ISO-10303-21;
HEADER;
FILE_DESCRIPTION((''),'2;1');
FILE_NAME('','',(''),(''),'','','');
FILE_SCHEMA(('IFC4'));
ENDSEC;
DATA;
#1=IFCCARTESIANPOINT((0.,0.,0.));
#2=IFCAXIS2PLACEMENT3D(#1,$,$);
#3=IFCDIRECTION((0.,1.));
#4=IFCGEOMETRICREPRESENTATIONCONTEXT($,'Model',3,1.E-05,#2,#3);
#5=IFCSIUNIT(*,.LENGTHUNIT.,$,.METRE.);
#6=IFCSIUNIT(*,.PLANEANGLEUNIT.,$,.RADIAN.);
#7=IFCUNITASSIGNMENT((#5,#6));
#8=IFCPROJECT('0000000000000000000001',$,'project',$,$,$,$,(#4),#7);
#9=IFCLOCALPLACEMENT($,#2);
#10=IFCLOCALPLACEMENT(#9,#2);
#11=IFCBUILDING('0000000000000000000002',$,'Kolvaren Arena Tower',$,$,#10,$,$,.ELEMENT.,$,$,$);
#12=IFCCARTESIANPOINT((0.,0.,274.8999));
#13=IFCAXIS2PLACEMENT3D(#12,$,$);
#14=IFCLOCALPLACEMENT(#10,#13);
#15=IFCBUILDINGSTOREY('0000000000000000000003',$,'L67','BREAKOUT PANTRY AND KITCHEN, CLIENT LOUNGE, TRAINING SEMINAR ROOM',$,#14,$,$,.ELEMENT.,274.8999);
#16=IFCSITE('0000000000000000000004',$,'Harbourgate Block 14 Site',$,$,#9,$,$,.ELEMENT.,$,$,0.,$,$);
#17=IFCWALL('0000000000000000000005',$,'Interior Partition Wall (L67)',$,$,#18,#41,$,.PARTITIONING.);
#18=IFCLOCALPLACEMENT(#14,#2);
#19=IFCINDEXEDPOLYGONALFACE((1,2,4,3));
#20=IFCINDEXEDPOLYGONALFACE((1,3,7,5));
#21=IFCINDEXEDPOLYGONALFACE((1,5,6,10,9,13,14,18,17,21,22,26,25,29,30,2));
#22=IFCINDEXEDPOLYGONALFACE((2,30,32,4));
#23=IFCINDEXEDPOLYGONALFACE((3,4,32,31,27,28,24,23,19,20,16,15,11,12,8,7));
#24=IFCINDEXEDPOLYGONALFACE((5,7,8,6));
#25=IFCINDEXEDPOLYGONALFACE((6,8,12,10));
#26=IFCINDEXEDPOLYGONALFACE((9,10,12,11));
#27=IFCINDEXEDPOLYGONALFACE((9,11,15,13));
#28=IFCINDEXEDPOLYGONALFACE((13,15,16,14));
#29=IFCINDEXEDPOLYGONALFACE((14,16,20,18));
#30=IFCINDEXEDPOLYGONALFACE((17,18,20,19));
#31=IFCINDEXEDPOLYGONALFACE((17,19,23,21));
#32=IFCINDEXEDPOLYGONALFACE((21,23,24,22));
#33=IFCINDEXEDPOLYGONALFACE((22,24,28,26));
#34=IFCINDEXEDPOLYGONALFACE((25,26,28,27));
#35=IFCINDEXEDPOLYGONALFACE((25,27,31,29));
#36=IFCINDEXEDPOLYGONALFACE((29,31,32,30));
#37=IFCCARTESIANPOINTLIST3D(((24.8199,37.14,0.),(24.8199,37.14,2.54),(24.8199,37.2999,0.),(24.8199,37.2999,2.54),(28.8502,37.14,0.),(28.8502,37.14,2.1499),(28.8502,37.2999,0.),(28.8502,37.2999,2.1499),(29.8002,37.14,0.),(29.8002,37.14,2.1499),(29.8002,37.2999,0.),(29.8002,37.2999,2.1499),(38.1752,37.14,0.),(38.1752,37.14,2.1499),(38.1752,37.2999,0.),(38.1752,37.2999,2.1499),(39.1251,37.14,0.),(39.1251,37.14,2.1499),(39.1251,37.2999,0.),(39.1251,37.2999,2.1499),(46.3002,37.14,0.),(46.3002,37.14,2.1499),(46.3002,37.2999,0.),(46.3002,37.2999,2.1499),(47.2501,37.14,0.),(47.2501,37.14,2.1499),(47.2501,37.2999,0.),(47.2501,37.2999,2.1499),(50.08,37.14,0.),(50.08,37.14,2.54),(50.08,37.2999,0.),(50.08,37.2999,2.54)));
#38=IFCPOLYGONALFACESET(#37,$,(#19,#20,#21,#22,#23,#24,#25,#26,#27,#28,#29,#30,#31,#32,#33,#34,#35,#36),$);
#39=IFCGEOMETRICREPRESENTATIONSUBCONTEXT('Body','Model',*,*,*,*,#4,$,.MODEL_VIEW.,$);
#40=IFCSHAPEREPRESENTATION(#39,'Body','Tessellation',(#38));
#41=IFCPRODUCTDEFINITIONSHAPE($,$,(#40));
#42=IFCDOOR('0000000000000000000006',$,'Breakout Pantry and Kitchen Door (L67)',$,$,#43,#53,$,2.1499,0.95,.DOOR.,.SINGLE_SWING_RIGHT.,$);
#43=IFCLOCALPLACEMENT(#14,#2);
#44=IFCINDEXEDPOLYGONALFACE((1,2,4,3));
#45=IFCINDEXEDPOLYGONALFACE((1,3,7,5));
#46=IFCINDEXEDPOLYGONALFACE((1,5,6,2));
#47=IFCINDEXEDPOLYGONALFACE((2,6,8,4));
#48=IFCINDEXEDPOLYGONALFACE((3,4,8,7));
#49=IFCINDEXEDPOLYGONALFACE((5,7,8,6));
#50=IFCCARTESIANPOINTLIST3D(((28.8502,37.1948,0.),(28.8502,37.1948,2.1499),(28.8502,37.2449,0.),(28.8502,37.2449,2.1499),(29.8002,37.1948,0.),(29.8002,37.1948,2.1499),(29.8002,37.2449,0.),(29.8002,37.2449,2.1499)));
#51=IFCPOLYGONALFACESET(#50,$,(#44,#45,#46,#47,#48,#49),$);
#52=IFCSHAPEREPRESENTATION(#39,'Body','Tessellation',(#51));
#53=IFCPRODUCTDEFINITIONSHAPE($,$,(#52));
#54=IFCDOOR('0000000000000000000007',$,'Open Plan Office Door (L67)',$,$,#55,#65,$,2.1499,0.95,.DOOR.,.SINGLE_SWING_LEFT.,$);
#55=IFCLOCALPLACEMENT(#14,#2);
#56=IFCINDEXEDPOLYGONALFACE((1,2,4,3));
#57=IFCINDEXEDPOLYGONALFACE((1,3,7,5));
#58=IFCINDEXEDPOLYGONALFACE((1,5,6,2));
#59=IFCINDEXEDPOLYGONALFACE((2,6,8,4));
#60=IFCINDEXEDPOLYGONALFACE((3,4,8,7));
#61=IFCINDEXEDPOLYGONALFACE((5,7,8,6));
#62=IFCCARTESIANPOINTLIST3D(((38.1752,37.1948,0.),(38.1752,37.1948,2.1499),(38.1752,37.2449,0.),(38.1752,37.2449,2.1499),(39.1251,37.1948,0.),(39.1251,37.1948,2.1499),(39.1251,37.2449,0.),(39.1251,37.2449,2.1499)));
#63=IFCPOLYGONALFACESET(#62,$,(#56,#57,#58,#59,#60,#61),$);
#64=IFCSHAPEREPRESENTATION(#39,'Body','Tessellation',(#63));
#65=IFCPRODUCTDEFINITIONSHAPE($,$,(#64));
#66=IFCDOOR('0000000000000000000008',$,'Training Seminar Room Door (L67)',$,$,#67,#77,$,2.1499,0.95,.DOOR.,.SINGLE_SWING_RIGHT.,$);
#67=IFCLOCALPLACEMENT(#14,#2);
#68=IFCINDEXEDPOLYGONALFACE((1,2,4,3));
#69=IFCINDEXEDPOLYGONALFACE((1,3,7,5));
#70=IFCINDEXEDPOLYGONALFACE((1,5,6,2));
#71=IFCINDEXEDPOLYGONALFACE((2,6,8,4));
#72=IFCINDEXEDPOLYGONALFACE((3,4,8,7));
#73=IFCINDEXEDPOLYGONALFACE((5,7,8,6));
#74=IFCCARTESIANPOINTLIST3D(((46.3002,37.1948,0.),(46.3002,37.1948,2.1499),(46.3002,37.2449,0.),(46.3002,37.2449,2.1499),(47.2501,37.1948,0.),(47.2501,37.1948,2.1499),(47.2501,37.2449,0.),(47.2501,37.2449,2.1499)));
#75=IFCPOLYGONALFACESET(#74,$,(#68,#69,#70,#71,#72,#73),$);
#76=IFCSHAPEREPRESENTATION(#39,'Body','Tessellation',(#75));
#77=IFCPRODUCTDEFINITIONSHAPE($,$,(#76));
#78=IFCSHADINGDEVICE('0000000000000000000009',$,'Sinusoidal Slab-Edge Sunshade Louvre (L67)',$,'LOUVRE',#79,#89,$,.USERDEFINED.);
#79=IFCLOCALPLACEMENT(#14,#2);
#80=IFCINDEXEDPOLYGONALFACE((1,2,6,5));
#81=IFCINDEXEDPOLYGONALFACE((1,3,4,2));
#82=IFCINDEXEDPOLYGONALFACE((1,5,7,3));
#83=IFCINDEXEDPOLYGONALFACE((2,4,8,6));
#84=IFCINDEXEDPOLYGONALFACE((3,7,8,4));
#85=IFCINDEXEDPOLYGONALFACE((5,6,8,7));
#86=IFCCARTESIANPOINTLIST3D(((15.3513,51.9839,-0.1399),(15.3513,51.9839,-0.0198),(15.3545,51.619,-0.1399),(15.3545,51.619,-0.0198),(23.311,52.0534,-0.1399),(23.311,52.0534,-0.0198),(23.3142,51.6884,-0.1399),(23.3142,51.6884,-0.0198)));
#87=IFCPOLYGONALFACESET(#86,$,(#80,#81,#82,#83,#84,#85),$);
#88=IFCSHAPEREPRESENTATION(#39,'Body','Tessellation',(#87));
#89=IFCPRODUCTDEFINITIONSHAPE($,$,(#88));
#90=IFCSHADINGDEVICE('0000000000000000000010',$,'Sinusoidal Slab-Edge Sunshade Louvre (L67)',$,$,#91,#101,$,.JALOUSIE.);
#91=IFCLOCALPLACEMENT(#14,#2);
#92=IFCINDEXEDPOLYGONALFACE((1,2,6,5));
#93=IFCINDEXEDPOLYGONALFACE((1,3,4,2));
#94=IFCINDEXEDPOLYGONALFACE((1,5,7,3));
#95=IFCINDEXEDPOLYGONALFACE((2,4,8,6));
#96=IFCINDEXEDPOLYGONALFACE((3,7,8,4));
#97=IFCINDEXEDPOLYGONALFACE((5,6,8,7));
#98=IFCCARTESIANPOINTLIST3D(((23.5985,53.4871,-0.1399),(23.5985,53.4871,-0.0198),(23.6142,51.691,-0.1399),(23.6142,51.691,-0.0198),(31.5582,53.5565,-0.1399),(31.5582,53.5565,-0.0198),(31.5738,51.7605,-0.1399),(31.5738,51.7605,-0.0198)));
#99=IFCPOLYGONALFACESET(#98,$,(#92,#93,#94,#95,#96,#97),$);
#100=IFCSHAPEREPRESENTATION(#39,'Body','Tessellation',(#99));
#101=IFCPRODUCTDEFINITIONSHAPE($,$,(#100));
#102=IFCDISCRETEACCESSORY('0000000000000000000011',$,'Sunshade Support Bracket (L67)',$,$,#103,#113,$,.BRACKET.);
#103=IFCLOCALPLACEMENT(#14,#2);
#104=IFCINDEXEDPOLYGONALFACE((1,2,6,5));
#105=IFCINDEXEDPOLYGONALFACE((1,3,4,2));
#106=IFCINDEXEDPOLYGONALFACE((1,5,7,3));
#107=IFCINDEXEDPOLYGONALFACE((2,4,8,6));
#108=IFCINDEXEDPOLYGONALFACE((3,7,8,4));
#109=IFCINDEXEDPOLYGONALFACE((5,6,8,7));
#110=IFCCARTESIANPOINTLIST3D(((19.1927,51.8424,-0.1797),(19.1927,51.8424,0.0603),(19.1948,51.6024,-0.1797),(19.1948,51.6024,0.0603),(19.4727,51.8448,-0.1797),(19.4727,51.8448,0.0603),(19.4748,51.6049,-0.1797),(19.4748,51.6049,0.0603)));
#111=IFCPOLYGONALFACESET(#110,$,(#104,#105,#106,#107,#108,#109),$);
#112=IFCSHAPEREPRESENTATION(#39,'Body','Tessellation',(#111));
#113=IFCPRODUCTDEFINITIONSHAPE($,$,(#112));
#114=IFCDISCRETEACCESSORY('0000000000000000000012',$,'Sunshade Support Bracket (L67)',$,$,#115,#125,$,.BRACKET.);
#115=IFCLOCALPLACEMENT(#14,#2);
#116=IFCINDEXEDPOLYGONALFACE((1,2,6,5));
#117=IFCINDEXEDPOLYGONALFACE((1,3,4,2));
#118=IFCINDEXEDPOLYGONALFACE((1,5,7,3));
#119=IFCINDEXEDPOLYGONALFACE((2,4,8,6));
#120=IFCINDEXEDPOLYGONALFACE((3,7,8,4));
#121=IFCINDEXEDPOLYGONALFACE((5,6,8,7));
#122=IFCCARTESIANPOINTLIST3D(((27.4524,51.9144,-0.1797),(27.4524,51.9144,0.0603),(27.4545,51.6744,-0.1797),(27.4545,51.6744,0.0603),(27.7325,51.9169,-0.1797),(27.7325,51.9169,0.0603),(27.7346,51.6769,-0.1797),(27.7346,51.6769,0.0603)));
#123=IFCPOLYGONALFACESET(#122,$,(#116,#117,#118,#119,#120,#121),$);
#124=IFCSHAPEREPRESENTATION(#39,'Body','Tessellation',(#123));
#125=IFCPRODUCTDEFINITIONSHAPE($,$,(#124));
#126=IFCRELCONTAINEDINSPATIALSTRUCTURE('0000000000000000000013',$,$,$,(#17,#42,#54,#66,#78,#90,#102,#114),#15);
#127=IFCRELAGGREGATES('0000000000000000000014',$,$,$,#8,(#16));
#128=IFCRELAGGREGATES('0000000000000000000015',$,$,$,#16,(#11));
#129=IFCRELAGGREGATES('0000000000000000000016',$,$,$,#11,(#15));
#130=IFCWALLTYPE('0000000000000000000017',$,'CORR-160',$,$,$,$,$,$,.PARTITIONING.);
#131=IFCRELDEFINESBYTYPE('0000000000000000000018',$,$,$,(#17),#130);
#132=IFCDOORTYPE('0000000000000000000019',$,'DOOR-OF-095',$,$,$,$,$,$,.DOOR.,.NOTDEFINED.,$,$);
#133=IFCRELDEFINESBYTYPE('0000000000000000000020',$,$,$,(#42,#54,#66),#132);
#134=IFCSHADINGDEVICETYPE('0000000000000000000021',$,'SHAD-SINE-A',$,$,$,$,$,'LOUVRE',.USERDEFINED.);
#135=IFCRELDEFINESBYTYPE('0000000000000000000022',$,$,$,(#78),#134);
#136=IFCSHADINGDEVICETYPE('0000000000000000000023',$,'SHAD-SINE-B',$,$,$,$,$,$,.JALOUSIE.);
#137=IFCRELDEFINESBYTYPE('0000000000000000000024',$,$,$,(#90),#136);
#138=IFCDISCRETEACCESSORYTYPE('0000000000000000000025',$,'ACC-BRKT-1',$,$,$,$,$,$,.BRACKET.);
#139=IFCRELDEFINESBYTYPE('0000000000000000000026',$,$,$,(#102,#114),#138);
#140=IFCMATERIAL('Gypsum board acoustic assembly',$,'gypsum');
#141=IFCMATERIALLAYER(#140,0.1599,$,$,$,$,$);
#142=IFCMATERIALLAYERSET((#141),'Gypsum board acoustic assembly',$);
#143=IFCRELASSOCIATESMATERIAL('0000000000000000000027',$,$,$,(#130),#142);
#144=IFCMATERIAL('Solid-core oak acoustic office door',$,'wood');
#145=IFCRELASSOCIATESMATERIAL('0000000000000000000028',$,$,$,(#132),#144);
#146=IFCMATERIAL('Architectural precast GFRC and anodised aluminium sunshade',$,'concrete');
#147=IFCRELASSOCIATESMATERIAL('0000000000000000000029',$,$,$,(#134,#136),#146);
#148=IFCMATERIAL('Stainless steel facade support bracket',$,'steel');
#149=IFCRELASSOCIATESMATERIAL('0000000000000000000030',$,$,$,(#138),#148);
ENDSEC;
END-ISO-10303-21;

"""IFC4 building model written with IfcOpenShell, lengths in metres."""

from ifc_helpers import new_model, si_unit, direction, frame, frame_2d, origin, origin_2d, place, context, subcontext, project, spatial, rectangle, extrude, material, layer, layer_set, type_object, element, fill, save


model = new_model("IFC4")

# Units and contexts
model_context = context("Model", 3, precision=1e-05, world=origin(), true_north=direction((0.0, 1.0)))
body_context = subcontext(model_context, "Body", "Model", "MODEL_VIEW")
ifc_project = project(units=[si_unit("LENGTHUNIT", "METRE"), si_unit("PLANEANGLEUNIT", "RADIAN")], contexts=[model_context])

# Site, building, storey
site_placement = place(None, origin())
site = spatial("IfcSite", under=ifc_project, at=site_placement, Name="Harbourgate Block 14 Site", CompositionType="ELEMENT", RefElevation=0.0)
building_placement = place(site_placement, origin())
building = spatial("IfcBuilding", under=site, at=building_placement, Name="Kolvaren Arena Tower", CompositionType="ELEMENT")
storey_placement = place(building_placement, frame((0.0, 0.0, 274.8999)))
storey = spatial("IfcBuildingStorey", under=building, at=storey_placement, Name="L67", Description="BREAKOUT PANTRY AND KITCHEN, CLIENT LOUNGE, TRAINING SEMINAR ROOM", CompositionType="ELEMENT", Elevation=274.8999)

# Shared definitions
ifc_material_1 = material(Name="Gypsum board acoustic assembly", Category="gypsum")
ifc_layer = layer(ifc_material_1, 0.1599)
ifc_layer_set = layer_set([ifc_layer], Name="Gypsum board acoustic assembly")
wall_type = type_object("IfcWallType", Name="CORR-160", PredefinedType="PARTITIONING", material=ifc_layer_set)

# Wall, openings, doors
wall_1_placement = place(storey_placement, frame((24.8201, 37.22, 0.0), z_axis=(0.0, 0.0, 1.0), x_axis=(1.0, 0.0, 0.0)))
wall_1 = element("IfcWall", 1, at=wall_1_placement, inside=storey, type_object=wall_type, Name="Interior Partition Wall (L67)", PredefinedType="PARTITIONING", context=body_context, shape_type="SweptSolid", body=[
    extrude(rectangle(XDim=25.26, YDim=0.1599, at=frame_2d((12.6299, 0.0))), origin(), (0.0, 0.0, 1.0), 2.54),
])
opening_1_placement = place(wall_1_placement, frame((4.03, 0.0, 0.0)))
opening_1 = element("IfcOpeningElement", 2, at=opening_1_placement, cuts=wall_1, PredefinedType="OPENING", context=body_context, shape_type="SweptSolid", body=[
    extrude(rectangle(XDim=0.95, YDim=2.1499, at=frame_2d((0.4751, 1.075))), frame((0.0, 0.0898, 0.0), z_axis=(0.0, -1.0, 0.0), x_axis=(1.0, 0.0, 0.0)), (0.0, 0.0, 1.0), 0.1799),
])
opening_2_placement = place(wall_1_placement, frame((13.355, 0.0, 0.0)))
opening_2 = element("IfcOpeningElement", 3, at=opening_2_placement, cuts=wall_1, PredefinedType="OPENING", context=body_context, shape_type="SweptSolid", body=[
    extrude(rectangle(XDim=0.95, YDim=2.1499, at=frame_2d((0.4751, 1.075))), frame((0.0, 0.0898, 0.0), z_axis=(0.0, -1.0, 0.0), x_axis=(1.0, 0.0, 0.0)), (0.0, 0.0, 1.0), 0.1799),
])
opening_3_placement = place(wall_1_placement, frame((21.48, 0.0, 0.0)))
opening_3 = element("IfcOpeningElement", 4, at=opening_3_placement, cuts=wall_1, PredefinedType="OPENING", context=body_context, shape_type="SweptSolid", body=[
    extrude(rectangle(XDim=0.95, YDim=2.1499, at=frame_2d((0.4751, 1.075))), frame((0.0, 0.0898, 0.0), z_axis=(0.0, -1.0, 0.0), x_axis=(1.0, 0.0, 0.0)), (0.0, 0.0, 1.0), 0.1799),
])
ifc_material_2 = material(Name="Solid-core oak acoustic office door", Category="wood")
door_type = type_object("IfcDoorType", Name="DOOR-OF-095", OperationType="NOTDEFINED", PredefinedType="DOOR", material=ifc_material_2)
door_1_placement = place(opening_1_placement, origin())
door_1 = element("IfcDoor", 5, at=door_1_placement, inside=storey, type_object=door_type, Name="Breakout Pantry and Kitchen Door (L67)", OperationType="SINGLE_SWING_RIGHT", OverallHeight=2.1499, OverallWidth=0.95, PredefinedType="DOOR", context=body_context, shape_type="SweptSolid", body=[
    extrude(rectangle(XDim=0.95, YDim=2.1499, at=frame_2d((0.4751, 1.075))), frame((0.0, 0.0249, 0.0), z_axis=(0.0, -1.0, 0.0), x_axis=(1.0, 0.0, 0.0)), (0.0, 0.0, 1.0), 0.05),
])
fill(opening_1, door_1)
door_2_placement = place(opening_2_placement, origin())
door_2 = element("IfcDoor", 6, at=door_2_placement, inside=storey, type_object=door_type, Name="Open Plan Office Door (L67)", OperationType="SINGLE_SWING_LEFT", OverallHeight=2.1499, OverallWidth=0.95, PredefinedType="DOOR", context=body_context, shape_type="SweptSolid", body=[
    extrude(rectangle(XDim=0.95, YDim=2.1499, at=frame_2d((0.4751, 1.075))), frame((0.0, 0.0249, 0.0), z_axis=(0.0, -1.0, 0.0), x_axis=(1.0, 0.0, 0.0)), (0.0, 0.0, 1.0), 0.05),
])
fill(opening_2, door_2)
door_3_placement = place(opening_3_placement, origin())
door_3 = element("IfcDoor", 7, at=door_3_placement, inside=storey, type_object=door_type, Name="Training Seminar Room Door (L67)", OperationType="SINGLE_SWING_RIGHT", OverallHeight=2.1499, OverallWidth=0.95, PredefinedType="DOOR", context=body_context, shape_type="SweptSolid", body=[
    extrude(rectangle(XDim=0.95, YDim=2.1499, at=frame_2d((0.4751, 1.075))), frame((0.0, 0.0249, 0.0), z_axis=(0.0, -1.0, 0.0), x_axis=(1.0, 0.0, 0.0)), (0.0, 0.0, 1.0), 0.05),
])
fill(opening_3, door_3)

# Shading devices
ifc_material_3 = material(Name="Architectural precast GFRC and anodised aluminium sunshade", Category="concrete")
shading_device_type_1 = type_object("IfcShadingDeviceType", Name="SHAD-SINE-A", ElementType="LOUVRE", PredefinedType="USERDEFINED", material=ifc_material_3)
shading_device_1_placement = place(storey_placement, frame((19.3328, 51.8362, -0.1399), z_axis=(0.0, 0.0, 1.0), x_axis=(0.999962, 0.008727, 0.0)))
element("IfcShadingDevice", 8, at=shading_device_1_placement, inside=storey, type_object=shading_device_type_1, Name="Sinusoidal Slab-Edge Sunshade Louvre (L67)", ObjectType="LOUVRE", PredefinedType="USERDEFINED", context=body_context, shape_type="SweptSolid", body=[
    extrude(rectangle(XDim=7.96, YDim=0.365, at=origin_2d()), origin(), (0.0, 0.0, 1.0), 0.1201),
])
shading_device_type_2 = type_object("IfcShadingDeviceType", Name="SHAD-SINE-B", PredefinedType="JALOUSIE", material=ifc_material_3)
shading_device_2_placement = place(storey_placement, frame((27.5862, 52.6238, -0.1399), z_axis=(0.0, 0.0, 1.0), x_axis=(0.999962, 0.008727, 0.0)))
element("IfcShadingDevice", 9, at=shading_device_2_placement, inside=storey, type_object=shading_device_type_2, Name="Sinusoidal Slab-Edge Sunshade Louvre (L67)", PredefinedType="JALOUSIE", context=body_context, shape_type="SweptSolid", body=[
    extrude(rectangle(XDim=7.96, YDim=1.7961, at=origin_2d()), origin(), (0.0, 0.0, 1.0), 0.1201),
])

# Discrete accessories
ifc_material_4 = material(Name="Stainless steel facade support bracket", Category="steel")
discrete_accessory_type = type_object("IfcDiscreteAccessoryType", Name="ACC-BRKT-1", PredefinedType="BRACKET", material=ifc_material_4)
for number, where, z_axis, x_axis, name in (
    (10, (19.3337, 51.7236, -0.1797), (0.0, 0.0, 1.0), (0.999962, 0.008727, 0.0), "Sunshade Support Bracket (L67)"),
    (11, (27.5935, 51.7957, -0.1797), (0.0, 0.0, 1.0), (0.999962, 0.008727, 0.0), "Sunshade Support Bracket (L67)"),
):
    element("IfcDiscreteAccessory", number, at=place(storey_placement, frame(where, z_axis=z_axis, x_axis=x_axis)), inside=storey, type_object=discrete_accessory_type, Name=name, PredefinedType="BRACKET", context=body_context, shape_type="SweptSolid", body=[
        extrude(rectangle(XDim=0.28, YDim=0.24, at=origin_2d()), origin(), (0.0, 0.0, 1.0), 0.24),
    ])

save(model, "model.ifc")
